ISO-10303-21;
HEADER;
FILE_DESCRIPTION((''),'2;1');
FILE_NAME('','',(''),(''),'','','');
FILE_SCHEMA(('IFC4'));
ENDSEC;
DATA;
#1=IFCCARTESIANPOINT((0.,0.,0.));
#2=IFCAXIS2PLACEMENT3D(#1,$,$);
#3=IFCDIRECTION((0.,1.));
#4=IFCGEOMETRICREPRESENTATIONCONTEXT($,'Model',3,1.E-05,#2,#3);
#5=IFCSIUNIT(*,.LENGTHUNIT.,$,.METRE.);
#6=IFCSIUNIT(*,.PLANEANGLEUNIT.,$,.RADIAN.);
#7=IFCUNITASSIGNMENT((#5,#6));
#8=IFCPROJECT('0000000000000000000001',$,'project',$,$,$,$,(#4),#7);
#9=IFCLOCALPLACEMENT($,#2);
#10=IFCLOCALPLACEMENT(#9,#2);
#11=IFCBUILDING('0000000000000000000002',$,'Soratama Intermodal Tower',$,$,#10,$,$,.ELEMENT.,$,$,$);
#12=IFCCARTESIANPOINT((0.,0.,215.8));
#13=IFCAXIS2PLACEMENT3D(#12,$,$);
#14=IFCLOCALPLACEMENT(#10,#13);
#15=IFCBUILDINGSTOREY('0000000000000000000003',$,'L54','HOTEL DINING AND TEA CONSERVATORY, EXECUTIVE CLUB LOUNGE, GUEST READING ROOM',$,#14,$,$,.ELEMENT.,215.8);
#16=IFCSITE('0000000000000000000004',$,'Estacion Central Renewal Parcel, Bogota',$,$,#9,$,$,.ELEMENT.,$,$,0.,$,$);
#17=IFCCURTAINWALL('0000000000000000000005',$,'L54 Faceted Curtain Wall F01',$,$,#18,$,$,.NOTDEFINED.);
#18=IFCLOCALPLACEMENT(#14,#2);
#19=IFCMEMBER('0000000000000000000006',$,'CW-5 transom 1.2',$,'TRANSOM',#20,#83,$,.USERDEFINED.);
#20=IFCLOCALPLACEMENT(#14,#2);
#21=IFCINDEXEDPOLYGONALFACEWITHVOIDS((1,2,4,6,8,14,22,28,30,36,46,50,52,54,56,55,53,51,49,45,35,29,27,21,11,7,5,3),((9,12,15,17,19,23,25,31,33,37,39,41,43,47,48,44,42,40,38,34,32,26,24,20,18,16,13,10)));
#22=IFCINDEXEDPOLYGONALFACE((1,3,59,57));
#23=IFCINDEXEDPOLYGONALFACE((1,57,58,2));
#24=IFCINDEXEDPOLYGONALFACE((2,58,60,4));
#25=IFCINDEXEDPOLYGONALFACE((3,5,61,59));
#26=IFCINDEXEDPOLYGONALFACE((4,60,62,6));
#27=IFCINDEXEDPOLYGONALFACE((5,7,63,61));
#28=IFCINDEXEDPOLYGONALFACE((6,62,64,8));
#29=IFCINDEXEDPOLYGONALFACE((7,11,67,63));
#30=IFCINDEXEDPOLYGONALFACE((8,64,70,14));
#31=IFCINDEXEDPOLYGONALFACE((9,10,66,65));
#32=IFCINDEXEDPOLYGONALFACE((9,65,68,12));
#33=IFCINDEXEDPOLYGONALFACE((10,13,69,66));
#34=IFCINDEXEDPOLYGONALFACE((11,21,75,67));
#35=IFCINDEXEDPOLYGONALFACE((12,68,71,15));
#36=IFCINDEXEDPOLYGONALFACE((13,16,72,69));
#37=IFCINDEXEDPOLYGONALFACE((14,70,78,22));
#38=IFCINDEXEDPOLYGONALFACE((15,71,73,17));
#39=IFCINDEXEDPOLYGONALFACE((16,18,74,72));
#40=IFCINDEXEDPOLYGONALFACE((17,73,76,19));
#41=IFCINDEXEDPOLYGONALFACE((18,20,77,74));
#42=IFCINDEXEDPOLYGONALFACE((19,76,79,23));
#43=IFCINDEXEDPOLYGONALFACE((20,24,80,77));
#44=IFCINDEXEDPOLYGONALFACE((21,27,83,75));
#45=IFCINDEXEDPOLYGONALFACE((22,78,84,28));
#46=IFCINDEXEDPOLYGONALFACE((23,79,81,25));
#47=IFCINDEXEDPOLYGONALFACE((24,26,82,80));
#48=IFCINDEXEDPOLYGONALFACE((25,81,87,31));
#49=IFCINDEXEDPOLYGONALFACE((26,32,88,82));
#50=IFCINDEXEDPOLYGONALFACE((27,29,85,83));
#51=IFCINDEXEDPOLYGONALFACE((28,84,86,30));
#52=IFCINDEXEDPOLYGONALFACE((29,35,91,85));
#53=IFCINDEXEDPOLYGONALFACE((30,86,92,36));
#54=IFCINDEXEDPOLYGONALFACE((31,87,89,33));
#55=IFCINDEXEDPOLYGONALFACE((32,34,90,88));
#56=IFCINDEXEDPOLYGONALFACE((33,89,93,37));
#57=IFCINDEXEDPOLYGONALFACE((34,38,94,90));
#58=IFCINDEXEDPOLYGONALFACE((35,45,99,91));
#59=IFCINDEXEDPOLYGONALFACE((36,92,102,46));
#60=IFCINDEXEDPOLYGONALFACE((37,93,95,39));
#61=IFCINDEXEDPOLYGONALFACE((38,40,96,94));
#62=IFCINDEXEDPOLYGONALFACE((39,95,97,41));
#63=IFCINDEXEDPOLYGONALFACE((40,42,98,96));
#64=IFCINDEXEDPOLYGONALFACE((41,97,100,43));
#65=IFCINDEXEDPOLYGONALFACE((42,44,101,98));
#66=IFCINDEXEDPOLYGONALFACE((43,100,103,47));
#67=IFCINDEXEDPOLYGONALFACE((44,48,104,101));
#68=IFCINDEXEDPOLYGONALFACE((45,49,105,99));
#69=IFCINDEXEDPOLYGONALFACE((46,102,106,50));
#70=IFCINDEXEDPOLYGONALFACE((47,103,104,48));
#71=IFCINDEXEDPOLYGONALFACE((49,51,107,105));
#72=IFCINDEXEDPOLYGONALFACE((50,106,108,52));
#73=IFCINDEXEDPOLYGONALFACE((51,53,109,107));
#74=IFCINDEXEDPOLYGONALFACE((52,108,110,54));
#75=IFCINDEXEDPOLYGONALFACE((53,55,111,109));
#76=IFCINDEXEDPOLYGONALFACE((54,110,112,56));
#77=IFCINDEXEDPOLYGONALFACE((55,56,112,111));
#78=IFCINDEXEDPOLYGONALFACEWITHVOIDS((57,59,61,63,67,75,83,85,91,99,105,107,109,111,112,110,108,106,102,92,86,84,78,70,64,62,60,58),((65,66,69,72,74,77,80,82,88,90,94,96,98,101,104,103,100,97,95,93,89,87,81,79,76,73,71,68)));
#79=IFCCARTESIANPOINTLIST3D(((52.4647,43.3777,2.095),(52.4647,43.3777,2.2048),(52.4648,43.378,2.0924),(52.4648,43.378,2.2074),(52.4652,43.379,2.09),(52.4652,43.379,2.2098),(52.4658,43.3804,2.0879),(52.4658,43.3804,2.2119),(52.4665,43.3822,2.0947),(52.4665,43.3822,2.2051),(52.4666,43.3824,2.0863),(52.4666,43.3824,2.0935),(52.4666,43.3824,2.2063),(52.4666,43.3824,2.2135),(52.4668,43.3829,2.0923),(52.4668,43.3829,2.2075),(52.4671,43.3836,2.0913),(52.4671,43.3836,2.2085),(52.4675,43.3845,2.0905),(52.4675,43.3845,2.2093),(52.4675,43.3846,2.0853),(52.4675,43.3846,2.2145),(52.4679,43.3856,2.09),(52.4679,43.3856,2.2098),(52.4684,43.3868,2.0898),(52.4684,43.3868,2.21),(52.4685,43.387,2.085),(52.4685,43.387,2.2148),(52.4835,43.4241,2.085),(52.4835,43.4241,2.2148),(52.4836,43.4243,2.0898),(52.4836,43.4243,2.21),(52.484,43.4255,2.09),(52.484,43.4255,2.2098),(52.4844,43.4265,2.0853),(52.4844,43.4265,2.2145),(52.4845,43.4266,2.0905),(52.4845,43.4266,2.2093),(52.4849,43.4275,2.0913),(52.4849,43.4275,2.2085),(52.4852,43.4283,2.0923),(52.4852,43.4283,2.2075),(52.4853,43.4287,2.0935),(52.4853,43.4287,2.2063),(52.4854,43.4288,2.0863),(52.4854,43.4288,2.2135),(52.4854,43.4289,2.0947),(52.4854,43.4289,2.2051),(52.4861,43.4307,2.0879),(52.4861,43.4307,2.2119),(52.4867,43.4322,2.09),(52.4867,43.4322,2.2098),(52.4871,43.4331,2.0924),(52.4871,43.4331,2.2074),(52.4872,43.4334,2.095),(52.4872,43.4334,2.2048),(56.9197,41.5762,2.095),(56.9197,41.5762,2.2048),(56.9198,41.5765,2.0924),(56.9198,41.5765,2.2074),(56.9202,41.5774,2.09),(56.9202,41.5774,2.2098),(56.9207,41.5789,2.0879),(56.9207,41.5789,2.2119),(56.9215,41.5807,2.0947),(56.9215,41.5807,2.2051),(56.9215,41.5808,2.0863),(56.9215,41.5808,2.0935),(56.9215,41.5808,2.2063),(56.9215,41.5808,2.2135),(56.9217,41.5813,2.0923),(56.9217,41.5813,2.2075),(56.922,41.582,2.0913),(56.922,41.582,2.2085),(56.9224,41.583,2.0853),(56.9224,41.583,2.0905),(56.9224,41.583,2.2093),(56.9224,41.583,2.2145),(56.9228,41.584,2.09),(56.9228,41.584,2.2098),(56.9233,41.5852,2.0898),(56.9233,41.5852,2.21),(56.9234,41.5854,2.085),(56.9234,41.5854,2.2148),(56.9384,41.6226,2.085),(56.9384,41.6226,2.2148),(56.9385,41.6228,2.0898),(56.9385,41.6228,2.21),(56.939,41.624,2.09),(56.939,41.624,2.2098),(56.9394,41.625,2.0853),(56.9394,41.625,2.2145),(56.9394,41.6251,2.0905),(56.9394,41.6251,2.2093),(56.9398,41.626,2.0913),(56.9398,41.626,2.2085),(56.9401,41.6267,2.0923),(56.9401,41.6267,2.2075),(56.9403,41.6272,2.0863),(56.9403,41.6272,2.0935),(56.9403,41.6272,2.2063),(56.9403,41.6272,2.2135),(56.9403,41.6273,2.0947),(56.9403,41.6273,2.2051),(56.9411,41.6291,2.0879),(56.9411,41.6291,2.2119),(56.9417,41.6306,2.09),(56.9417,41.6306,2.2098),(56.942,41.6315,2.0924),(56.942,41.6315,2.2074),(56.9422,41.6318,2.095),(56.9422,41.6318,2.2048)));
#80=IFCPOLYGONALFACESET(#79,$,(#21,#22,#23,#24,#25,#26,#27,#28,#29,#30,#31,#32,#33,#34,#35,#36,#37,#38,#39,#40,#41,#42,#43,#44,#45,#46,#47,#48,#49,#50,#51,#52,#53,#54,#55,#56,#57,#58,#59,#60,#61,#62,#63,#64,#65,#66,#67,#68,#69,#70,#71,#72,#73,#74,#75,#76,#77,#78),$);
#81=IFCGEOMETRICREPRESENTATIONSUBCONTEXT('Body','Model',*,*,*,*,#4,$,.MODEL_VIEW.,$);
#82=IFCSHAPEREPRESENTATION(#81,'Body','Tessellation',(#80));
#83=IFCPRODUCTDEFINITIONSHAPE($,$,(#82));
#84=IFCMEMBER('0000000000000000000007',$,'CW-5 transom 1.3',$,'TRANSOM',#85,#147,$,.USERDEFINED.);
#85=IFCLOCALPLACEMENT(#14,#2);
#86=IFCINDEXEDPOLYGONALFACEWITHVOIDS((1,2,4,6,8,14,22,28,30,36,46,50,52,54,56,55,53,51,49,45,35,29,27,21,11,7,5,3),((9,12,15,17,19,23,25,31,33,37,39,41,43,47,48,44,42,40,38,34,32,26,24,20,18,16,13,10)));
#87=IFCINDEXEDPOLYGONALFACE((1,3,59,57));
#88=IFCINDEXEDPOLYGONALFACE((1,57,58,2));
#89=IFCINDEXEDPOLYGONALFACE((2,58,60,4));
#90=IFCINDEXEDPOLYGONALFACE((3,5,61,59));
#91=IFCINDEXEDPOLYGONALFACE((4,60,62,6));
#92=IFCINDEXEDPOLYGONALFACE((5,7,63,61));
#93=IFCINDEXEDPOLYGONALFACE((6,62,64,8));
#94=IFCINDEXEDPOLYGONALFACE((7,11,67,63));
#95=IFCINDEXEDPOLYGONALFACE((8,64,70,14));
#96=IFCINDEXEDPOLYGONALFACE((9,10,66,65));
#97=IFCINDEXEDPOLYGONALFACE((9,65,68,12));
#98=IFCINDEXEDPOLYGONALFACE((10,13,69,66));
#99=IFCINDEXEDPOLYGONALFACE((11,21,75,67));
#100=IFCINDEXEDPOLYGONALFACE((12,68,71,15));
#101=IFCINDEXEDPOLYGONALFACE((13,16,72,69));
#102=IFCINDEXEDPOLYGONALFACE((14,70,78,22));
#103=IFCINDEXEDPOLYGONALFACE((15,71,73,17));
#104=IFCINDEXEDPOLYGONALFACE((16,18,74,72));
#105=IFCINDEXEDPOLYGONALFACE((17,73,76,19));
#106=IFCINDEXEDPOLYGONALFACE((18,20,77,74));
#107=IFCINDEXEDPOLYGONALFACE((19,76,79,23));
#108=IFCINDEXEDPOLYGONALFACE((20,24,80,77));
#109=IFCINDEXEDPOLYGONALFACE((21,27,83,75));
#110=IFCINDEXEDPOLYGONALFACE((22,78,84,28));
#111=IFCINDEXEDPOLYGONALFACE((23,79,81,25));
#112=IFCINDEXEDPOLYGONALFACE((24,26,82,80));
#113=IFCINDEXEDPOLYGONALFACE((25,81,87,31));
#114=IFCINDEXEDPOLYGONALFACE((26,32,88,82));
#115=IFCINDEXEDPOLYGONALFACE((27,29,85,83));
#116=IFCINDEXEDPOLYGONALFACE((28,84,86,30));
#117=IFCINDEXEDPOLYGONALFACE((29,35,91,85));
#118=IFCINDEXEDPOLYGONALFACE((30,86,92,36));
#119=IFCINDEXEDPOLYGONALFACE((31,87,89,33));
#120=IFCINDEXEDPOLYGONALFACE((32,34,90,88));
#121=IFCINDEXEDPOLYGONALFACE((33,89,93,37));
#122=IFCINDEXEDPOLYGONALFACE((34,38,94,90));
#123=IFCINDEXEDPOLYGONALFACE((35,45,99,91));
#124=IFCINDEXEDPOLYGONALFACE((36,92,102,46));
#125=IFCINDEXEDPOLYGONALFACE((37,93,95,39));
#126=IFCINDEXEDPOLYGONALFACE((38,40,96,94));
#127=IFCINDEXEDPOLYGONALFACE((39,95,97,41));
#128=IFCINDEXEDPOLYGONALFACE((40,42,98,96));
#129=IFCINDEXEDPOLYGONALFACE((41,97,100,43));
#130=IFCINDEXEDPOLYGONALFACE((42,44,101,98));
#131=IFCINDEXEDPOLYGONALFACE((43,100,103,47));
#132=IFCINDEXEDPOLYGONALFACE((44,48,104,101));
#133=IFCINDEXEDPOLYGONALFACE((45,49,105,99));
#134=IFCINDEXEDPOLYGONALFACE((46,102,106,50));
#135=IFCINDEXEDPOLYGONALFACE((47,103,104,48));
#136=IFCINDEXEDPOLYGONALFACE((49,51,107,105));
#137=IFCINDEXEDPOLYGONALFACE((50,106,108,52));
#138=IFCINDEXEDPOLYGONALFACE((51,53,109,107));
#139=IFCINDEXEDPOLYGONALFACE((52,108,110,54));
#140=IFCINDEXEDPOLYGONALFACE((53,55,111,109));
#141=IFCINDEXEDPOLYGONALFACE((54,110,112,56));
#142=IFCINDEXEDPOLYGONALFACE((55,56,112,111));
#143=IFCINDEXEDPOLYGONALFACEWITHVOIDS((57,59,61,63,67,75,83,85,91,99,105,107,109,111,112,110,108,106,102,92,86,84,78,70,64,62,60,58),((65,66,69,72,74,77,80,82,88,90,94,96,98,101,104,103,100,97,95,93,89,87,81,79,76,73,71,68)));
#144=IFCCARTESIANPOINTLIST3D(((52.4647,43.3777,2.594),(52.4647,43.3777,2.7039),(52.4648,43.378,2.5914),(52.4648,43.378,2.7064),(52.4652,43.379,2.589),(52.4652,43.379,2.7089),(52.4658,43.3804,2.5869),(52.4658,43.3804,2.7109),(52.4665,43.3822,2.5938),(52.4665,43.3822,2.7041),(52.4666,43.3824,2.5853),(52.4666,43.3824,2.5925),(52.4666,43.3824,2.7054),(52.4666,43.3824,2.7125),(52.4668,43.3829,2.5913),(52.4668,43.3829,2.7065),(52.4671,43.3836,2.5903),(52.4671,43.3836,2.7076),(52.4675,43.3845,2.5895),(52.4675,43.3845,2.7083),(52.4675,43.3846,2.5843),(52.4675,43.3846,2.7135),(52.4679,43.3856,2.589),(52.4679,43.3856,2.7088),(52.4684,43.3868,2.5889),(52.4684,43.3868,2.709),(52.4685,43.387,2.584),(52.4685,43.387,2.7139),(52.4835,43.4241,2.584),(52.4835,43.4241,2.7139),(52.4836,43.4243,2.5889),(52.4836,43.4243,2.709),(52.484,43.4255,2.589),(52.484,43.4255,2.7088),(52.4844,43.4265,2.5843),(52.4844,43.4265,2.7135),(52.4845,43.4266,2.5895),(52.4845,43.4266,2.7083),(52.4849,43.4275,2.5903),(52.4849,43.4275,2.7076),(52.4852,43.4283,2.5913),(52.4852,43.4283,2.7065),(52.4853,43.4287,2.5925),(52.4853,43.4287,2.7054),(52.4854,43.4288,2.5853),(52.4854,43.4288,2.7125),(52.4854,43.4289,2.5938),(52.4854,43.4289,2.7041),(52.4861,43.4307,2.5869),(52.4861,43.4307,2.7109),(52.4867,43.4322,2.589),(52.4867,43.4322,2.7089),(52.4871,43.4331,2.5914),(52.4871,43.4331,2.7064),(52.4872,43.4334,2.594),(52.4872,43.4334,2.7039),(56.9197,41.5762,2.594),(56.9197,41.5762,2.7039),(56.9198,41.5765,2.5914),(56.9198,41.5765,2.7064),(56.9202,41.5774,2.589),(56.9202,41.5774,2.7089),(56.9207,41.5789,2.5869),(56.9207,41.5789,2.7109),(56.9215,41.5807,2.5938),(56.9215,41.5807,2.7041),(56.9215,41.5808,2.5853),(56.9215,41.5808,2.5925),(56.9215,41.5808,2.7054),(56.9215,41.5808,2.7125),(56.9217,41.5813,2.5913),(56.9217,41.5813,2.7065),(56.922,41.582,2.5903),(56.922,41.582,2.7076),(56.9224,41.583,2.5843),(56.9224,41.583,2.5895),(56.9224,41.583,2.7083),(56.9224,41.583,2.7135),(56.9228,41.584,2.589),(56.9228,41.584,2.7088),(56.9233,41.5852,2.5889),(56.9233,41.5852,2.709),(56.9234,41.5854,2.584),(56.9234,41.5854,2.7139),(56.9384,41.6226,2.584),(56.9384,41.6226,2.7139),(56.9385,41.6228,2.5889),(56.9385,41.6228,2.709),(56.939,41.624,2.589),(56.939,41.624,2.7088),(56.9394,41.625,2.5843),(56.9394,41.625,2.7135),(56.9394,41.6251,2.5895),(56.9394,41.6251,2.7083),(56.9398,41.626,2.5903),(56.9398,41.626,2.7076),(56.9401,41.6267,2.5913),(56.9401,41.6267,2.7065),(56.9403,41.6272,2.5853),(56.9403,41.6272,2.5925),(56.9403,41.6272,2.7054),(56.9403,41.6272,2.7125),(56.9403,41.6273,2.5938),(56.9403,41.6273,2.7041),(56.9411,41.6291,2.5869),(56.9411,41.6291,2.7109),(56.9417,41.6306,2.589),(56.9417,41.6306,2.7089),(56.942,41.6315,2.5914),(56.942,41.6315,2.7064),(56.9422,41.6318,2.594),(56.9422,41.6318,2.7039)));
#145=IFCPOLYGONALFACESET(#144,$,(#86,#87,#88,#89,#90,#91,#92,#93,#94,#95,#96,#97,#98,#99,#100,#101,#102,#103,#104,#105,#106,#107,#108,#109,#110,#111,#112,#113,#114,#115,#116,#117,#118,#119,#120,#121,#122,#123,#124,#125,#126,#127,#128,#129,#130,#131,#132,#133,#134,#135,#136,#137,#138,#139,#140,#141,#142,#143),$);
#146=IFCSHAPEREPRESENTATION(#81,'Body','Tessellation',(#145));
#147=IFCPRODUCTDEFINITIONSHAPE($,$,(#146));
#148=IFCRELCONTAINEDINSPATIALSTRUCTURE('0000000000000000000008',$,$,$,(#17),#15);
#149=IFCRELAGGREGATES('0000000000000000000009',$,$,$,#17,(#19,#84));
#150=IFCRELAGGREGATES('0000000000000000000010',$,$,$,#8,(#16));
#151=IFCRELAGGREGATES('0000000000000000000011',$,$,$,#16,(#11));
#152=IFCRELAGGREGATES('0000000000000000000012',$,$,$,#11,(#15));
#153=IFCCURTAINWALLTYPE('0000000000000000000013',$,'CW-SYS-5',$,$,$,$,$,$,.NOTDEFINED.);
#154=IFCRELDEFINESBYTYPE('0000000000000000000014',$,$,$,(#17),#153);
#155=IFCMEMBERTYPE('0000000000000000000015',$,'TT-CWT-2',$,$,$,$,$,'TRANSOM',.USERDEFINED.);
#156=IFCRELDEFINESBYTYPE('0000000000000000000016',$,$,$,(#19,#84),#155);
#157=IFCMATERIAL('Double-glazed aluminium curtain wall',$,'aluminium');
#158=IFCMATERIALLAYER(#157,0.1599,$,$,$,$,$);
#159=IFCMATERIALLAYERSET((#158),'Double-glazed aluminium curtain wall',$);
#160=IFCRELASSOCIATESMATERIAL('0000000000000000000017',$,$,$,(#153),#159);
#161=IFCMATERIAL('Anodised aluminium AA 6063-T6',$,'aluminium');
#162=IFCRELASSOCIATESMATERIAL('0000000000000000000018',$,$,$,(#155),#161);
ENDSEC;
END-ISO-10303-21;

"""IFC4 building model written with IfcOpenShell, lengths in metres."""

from ifc_helpers import new_model, si_unit, direction, frame, origin, origin_2d, place, context, subcontext, project, spatial, hollow_rectangle, extrude, material, layer, layer_set, material_profile, profile_set, type_object, element, aggregate, save


model = new_model("IFC4")

# Units and contexts
model_context = context("Model", 3, precision=1e-05, world=origin(), true_north=direction((0.0, 1.0)))
body_context = subcontext(model_context, "Body", "Model", "MODEL_VIEW")
ifc_project = project(units=[si_unit("LENGTHUNIT", "METRE"), si_unit("PLANEANGLEUNIT", "RADIAN")], contexts=[model_context])

# Site, building, storey
site_placement = place(None, origin())
site = spatial("IfcSite", under=ifc_project, at=site_placement, Name="Estacion Central Renewal Parcel, Bogota", CompositionType="ELEMENT", RefElevation=0.0)
building_placement = place(site_placement, origin())
building = spatial("IfcBuilding", under=site, at=building_placement, Name="Soratama Intermodal Tower", CompositionType="ELEMENT")
storey_placement = place(building_placement, frame((0.0, 0.0, 215.8)))
storey = spatial("IfcBuildingStorey", under=building, at=storey_placement, Name="L54", Description="HOTEL DINING AND TEA CONSERVATORY, EXECUTIVE CLUB LOUNGE, GUEST READING ROOM", CompositionType="ELEMENT", Elevation=215.8)

# Curtain wall
ifc_material_1 = material(Name="Double-glazed aluminium curtain wall", Category="aluminium")
ifc_layer_1 = layer(ifc_material_1, 0.1599)
ifc_layer_set_1 = layer_set([ifc_layer_1], Name="Double-glazed aluminium curtain wall")
curtain_wall_type = type_object("IfcCurtainWallType", Name="CW-SYS-5", PredefinedType="NOTDEFINED", material=ifc_layer_set_1)
curtain_wall_1_placement = place(storey_placement, origin())
curtain_wall_1 = element("IfcCurtainWall", 1, at=curtain_wall_1_placement, inside=storey, type_object=curtain_wall_type, Name="L54 Faceted Curtain Wall F01", PredefinedType="NOTDEFINED")

# Members
ifc_material_2 = material(Name="Anodised aluminium AA 6063-T6", Category="aluminium")
ifc_material_profile_1 = material_profile(ifc_material_2, hollow_rectangle(XDim=0.0601, YDim=0.1299, WallThickness=0.0049, InnerFilletRadius=0.0049, OuterFilletRadius=0.01, at=origin_2d()), Name="CWT130X60X5")
ifc_profile_set_1 = profile_set([ifc_material_profile_1], Name="Anodised aluminium AA 6063-T6")
member_type_1 = type_object("IfcMemberType", Name="TT-CWT-2", ElementType="TRANSOM", PredefinedType="USERDEFINED", material=ifc_profile_set_1)
member_1_placement = place(storey_placement, frame((56.9309, 41.604, 2.1499), z_axis=(-0.927065, 0.374901, 0.0), x_axis=(-0.374901, -0.927065, 0.0)))
member_1 = element("IfcMember", 2, at=member_1_placement, type_object=member_type_1, Name="CW-5 transom 1.2", ObjectType="TRANSOM", PredefinedType="USERDEFINED", context=body_context, shape_type="SweptSolid", body=[
    extrude(hollow_rectangle(XDim=0.0601, YDim=0.1299, WallThickness=0.0049, InnerFilletRadius=0.0049, OuterFilletRadius=0.01, at=origin_2d()), origin(), (0.0, 0.0, 1.0), 4.8054),
])
member_2_placement = place(storey_placement, frame((56.9309, 41.604, 2.6489), z_axis=(-0.927065, 0.374901, 0.0), x_axis=(-0.374901, -0.927065, 0.0)))
member_2 = element("IfcMember", 3, at=member_2_placement, type_object=member_type_1, Name="CW-5 transom 1.3", ObjectType="TRANSOM", PredefinedType="USERDEFINED", context=body_context, shape_type="SweptSolid", body=[
    extrude(hollow_rectangle(XDim=0.0601, YDim=0.1299, WallThickness=0.0049, InnerFilletRadius=0.0049, OuterFilletRadius=0.01, at=origin_2d()), origin(), (0.0, 0.0, 1.0), 4.8054),
])

aggregate(curtain_wall_1, [member_1, member_2])

save(model, "model.ifc")
